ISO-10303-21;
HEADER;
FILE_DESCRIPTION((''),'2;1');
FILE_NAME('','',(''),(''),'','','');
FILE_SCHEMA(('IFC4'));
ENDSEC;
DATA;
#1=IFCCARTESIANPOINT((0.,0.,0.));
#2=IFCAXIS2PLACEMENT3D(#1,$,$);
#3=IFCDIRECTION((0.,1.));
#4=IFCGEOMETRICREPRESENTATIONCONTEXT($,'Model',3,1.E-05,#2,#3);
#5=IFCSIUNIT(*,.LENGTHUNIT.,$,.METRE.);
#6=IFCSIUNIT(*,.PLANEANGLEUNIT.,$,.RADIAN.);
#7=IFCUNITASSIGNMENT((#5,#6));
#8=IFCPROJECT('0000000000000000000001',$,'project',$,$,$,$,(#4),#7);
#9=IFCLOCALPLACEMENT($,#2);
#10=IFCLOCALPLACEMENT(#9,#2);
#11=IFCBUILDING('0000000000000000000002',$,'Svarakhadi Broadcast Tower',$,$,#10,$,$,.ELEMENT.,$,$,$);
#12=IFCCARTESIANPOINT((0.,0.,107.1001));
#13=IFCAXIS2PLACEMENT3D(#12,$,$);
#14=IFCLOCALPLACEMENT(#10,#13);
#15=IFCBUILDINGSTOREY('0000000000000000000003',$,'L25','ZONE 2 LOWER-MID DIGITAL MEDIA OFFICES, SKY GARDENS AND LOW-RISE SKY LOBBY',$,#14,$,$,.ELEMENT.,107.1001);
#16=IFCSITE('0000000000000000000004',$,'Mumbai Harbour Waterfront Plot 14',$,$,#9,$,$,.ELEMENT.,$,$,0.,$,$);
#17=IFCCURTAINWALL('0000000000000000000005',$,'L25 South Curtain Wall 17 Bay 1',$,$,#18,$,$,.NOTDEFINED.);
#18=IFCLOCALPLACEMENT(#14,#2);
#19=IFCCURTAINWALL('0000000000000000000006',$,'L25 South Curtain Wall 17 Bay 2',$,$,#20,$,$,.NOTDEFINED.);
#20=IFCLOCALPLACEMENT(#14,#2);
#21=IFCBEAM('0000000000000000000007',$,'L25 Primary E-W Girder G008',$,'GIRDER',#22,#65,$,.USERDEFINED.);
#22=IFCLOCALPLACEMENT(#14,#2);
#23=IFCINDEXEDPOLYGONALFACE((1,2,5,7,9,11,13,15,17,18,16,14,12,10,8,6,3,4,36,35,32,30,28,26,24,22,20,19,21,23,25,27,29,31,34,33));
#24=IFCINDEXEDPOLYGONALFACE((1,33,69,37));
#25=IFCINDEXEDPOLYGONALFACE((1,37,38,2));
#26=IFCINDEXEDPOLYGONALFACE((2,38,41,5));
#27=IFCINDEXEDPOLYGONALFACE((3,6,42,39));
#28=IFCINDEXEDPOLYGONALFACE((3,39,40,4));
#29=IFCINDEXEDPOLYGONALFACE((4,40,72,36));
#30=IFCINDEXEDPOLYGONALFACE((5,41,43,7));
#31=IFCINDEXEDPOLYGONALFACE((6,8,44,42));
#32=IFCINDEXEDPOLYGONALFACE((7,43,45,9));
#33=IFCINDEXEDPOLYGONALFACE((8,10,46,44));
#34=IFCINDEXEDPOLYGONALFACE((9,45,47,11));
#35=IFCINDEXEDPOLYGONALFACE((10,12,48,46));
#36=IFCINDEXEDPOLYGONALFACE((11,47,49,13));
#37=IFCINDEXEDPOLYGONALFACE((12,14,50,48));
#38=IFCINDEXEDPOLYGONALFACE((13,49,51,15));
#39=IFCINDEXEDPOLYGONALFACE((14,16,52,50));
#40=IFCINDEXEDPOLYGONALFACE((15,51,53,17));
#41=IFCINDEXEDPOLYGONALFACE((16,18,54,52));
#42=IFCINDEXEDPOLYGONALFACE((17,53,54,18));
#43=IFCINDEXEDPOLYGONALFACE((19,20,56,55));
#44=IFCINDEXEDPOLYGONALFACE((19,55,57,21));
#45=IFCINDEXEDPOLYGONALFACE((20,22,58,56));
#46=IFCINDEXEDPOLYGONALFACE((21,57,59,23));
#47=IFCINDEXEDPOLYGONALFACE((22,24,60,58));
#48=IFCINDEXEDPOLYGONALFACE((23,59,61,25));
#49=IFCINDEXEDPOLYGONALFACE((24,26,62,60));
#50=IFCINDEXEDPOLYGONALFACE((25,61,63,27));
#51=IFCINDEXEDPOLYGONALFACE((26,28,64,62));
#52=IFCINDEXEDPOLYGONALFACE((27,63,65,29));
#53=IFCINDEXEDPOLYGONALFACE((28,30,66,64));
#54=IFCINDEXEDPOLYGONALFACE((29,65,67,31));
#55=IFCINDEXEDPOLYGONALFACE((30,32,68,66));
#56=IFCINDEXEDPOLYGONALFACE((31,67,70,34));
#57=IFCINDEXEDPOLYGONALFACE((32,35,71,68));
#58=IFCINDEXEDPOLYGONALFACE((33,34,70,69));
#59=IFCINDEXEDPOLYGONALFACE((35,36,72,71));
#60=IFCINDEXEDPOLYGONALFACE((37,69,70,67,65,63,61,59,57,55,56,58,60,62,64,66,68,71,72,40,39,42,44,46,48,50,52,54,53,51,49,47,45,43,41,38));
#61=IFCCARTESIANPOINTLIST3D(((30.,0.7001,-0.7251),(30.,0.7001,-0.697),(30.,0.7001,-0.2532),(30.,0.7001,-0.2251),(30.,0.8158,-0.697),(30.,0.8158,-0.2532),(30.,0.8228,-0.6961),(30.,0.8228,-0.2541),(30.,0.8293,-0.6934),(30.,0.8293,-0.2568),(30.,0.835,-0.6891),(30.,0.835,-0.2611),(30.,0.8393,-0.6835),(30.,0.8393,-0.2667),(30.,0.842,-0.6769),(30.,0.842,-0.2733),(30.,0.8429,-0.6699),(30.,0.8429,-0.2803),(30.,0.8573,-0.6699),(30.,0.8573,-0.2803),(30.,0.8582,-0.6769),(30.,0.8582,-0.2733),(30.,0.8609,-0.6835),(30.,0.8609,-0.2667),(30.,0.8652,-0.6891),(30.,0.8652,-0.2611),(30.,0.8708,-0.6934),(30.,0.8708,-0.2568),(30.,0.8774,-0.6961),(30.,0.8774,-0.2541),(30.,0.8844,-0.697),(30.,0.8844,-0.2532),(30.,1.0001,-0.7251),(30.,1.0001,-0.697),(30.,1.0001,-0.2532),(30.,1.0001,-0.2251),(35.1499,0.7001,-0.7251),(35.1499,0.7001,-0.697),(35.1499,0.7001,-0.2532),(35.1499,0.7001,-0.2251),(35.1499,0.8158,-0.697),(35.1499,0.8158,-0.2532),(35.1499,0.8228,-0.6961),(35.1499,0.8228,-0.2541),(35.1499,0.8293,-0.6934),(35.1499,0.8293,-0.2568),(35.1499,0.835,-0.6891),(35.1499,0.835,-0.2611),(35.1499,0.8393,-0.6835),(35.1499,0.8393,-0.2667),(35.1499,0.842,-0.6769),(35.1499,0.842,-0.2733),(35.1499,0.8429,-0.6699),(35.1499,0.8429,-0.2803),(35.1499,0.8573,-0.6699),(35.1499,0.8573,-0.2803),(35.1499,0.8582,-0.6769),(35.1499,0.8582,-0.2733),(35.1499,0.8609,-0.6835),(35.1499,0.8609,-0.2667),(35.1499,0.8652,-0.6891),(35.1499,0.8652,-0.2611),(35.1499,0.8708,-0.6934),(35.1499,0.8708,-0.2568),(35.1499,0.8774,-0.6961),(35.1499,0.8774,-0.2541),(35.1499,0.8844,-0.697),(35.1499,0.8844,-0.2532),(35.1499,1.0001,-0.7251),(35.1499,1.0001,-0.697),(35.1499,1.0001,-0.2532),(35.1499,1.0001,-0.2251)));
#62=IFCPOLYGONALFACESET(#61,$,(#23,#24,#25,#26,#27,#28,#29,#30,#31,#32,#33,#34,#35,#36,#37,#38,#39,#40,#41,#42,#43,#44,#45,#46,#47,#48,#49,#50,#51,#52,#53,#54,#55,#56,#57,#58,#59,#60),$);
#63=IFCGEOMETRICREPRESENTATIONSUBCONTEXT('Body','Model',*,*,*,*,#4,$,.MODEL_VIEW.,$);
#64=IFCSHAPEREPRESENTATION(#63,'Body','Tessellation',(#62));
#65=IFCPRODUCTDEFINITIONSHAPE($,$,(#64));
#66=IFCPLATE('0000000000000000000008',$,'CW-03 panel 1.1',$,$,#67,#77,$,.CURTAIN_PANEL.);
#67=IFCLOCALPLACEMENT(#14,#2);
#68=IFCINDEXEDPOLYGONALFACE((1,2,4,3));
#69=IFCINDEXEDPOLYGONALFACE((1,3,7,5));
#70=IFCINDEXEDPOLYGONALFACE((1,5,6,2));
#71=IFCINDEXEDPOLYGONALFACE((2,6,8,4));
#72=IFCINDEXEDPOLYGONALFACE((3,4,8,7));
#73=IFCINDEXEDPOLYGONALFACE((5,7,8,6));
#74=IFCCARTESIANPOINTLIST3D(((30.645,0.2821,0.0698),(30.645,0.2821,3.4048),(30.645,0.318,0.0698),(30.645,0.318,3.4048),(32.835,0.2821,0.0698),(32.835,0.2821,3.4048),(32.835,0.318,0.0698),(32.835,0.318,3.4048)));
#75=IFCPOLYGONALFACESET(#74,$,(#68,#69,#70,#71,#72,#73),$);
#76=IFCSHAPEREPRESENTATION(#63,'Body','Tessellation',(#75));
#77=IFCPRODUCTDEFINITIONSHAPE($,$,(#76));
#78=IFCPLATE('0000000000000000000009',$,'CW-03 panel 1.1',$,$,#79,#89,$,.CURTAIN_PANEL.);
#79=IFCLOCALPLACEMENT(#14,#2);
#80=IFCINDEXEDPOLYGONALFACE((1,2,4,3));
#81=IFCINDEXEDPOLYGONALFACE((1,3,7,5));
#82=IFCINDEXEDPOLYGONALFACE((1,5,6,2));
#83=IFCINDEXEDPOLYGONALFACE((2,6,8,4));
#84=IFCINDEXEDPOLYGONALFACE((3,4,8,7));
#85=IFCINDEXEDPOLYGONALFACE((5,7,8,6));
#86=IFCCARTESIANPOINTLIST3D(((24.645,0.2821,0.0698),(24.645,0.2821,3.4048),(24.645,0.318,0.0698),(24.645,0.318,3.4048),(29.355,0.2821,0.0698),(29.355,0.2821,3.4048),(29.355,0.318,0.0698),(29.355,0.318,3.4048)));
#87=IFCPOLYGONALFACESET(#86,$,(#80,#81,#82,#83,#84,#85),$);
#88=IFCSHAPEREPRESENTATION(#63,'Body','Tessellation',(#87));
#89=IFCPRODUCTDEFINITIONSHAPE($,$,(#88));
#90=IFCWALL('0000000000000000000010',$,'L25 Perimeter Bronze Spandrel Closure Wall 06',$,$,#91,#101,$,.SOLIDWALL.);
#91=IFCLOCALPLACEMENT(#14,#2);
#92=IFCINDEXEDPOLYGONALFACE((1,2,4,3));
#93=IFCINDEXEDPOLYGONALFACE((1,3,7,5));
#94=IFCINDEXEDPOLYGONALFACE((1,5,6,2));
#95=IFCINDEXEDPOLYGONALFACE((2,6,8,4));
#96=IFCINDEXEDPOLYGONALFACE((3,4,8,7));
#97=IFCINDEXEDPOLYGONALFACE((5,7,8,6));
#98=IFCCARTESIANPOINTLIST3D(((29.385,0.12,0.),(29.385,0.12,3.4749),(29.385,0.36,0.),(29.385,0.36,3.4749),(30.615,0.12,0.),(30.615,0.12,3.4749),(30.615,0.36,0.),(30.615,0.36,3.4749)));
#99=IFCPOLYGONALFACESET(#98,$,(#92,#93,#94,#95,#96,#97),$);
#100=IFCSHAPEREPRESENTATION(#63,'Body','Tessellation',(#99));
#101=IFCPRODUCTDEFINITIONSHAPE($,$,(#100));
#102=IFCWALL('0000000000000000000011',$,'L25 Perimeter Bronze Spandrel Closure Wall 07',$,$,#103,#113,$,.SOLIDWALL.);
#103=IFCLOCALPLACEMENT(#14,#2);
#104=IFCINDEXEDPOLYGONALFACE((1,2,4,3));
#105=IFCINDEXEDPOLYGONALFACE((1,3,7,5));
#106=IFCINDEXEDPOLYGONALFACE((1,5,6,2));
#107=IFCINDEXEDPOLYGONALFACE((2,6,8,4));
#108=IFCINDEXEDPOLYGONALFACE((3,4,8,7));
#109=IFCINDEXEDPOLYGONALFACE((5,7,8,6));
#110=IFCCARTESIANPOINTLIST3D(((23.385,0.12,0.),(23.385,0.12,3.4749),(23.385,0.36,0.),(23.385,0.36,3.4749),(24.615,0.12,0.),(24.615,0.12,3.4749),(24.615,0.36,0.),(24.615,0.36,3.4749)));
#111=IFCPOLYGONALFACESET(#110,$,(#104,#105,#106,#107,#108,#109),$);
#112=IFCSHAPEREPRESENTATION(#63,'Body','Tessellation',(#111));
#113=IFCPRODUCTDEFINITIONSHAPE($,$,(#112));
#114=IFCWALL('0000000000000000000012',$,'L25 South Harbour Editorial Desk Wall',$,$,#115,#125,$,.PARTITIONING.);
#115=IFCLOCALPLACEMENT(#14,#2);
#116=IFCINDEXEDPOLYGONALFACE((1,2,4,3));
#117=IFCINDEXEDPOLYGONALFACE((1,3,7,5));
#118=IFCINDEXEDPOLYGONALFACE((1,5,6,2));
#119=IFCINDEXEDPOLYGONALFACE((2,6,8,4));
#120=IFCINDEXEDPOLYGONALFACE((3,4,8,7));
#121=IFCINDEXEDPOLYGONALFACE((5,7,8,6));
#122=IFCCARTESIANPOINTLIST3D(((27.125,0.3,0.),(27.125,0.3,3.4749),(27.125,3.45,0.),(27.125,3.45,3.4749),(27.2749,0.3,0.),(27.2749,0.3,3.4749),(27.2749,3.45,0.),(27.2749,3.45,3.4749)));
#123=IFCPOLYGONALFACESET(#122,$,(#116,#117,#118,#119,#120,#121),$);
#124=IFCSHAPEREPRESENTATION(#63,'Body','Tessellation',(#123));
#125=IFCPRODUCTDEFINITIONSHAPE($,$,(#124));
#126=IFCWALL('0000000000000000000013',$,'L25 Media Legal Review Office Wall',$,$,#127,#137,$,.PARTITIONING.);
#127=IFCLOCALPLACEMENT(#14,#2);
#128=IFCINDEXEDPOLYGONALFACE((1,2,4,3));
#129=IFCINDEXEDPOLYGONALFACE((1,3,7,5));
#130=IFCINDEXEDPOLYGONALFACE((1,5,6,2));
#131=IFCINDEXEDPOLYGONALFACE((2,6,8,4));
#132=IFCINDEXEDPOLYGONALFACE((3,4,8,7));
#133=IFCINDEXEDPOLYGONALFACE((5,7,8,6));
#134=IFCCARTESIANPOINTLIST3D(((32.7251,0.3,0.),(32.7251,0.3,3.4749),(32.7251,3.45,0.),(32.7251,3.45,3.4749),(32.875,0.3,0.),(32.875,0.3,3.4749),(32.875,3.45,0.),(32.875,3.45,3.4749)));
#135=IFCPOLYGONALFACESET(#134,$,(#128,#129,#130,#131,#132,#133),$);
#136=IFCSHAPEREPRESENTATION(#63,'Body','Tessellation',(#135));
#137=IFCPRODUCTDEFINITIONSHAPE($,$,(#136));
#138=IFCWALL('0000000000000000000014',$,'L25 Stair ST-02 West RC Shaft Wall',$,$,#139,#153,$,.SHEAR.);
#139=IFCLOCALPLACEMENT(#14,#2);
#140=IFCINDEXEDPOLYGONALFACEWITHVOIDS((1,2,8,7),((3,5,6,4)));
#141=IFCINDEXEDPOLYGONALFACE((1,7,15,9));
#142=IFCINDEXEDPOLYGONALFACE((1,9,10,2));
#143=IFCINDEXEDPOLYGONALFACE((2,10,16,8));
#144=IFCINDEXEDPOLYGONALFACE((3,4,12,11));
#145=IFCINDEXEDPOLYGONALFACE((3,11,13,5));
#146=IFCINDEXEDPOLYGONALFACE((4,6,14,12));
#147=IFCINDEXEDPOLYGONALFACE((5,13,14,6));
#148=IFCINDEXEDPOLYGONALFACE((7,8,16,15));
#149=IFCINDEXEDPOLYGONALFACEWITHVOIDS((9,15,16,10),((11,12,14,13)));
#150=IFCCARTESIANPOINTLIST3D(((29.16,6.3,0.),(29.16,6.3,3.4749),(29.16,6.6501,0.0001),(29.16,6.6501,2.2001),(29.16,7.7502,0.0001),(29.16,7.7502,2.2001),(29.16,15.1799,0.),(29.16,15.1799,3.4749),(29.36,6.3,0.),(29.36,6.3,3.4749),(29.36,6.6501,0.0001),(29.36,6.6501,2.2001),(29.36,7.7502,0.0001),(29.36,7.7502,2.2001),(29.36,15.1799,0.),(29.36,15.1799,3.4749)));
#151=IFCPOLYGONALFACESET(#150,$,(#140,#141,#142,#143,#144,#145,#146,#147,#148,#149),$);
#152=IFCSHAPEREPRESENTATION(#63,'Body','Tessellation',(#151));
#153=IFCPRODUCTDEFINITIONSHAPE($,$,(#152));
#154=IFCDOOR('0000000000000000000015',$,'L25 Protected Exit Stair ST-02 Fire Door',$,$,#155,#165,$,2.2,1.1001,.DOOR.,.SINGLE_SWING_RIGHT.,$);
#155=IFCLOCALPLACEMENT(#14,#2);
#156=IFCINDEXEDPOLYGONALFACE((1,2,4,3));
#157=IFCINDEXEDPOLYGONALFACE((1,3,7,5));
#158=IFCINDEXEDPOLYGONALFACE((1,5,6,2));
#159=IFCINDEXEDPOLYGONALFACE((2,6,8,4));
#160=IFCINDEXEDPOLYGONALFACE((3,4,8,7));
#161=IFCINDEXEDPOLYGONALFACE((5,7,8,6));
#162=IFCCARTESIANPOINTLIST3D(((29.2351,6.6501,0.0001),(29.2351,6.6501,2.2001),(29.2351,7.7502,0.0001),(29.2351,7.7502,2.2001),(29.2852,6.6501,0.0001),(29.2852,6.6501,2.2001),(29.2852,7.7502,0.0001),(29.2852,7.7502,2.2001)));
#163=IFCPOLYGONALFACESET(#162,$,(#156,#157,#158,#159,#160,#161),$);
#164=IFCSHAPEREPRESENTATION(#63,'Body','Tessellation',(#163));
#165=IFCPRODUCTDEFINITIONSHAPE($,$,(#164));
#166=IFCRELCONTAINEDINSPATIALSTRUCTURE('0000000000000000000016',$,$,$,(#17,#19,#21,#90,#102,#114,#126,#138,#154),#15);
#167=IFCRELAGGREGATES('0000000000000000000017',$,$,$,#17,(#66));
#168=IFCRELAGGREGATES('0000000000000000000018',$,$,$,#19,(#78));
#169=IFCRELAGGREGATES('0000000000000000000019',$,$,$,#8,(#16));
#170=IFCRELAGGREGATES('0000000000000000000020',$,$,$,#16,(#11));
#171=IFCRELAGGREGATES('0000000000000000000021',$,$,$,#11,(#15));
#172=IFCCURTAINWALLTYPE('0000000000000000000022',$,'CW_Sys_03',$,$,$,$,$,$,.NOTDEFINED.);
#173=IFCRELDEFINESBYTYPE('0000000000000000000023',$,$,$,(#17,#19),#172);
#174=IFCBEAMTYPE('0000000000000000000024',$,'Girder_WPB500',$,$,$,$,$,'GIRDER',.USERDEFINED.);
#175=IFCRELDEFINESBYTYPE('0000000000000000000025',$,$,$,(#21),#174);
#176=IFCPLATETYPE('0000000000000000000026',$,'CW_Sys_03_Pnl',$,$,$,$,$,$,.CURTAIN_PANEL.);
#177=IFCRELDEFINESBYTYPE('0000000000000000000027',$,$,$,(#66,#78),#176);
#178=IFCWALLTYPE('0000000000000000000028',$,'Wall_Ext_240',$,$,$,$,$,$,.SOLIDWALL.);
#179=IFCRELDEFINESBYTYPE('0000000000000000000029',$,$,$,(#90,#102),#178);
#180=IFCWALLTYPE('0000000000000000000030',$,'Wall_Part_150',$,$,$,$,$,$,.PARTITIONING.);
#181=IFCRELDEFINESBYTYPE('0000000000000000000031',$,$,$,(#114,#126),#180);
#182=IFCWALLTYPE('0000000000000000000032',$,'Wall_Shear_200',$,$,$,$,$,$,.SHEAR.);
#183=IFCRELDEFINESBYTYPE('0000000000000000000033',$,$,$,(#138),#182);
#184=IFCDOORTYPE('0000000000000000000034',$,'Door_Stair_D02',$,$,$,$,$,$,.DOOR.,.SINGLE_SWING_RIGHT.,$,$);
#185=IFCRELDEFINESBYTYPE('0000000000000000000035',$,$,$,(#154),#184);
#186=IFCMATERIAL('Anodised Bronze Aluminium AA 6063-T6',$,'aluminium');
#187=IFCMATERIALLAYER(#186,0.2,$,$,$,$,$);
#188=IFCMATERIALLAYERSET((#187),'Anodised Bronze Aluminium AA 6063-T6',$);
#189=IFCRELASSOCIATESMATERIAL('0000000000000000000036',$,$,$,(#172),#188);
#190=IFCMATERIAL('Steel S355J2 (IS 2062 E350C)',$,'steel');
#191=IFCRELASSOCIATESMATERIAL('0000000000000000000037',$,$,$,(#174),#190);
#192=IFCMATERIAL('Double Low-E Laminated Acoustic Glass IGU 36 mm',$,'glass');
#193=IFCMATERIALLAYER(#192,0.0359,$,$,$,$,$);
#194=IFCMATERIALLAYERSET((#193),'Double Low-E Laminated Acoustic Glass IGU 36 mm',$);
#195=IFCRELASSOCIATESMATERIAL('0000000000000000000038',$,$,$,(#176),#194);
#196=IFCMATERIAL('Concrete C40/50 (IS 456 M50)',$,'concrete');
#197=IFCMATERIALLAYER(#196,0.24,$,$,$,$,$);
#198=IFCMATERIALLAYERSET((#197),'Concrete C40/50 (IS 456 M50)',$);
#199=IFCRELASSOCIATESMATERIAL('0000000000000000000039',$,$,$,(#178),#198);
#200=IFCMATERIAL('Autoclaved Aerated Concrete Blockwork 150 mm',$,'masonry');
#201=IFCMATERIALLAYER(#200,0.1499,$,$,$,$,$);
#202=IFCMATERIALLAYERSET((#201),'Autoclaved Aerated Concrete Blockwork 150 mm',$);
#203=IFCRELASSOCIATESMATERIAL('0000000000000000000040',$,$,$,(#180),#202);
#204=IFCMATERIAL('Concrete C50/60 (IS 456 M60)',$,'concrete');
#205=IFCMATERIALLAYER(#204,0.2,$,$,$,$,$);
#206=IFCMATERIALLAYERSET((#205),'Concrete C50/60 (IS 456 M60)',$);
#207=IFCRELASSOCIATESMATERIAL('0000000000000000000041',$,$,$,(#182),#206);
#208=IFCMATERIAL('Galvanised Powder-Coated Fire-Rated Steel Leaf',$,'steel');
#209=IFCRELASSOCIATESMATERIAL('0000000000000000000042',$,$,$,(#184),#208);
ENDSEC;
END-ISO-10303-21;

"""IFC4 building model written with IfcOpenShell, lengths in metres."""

from ifc_helpers import new_model, si_unit, direction, frame, frame_2d, origin, origin_2d, place, context, subcontext, project, spatial, rectangle, i_section, extrude, material, layer, layer_set, material_profile, profile_set, type_object, element, fill, aggregate, save


model = new_model("IFC4")

# Units and contexts
model_context = context("Model", 3, precision=1e-05, world=origin(), true_north=direction((0.0, 1.0)))
body_context = subcontext(model_context, "Body", "Model", "MODEL_VIEW")
ifc_project = project(units=[si_unit("LENGTHUNIT", "METRE"), si_unit("PLANEANGLEUNIT", "RADIAN")], contexts=[model_context])

# Site, building, storey
site_placement = place(None, origin())
site = spatial("IfcSite", under=ifc_project, at=site_placement, Name="Mumbai Harbour Waterfront Plot 14", CompositionType="ELEMENT", RefElevation=0.0)
building_placement = place(site_placement, origin())
building = spatial("IfcBuilding", under=site, at=building_placement, Name="Svarakhadi Broadcast Tower", CompositionType="ELEMENT")
storey_placement = place(building_placement, frame((0.0, 0.0, 107.1001)))
storey = spatial("IfcBuildingStorey", under=building, at=storey_placement, Name="L25", Description="ZONE 2 LOWER-MID DIGITAL MEDIA OFFICES, SKY GARDENS AND LOW-RISE SKY LOBBY", CompositionType="ELEMENT", Elevation=107.1001)

# Shared definitions
ifc_material_1 = material(Name="Concrete C50/60 (IS 456 M60)", Category="concrete")

# Curtain wall
ifc_material_2 = material(Name="Anodised Bronze Aluminium AA 6063-T6", Category="aluminium")
ifc_layer_1 = layer(ifc_material_2, 0.2)
ifc_layer_set_1 = layer_set([ifc_layer_1], Name="Anodised Bronze Aluminium AA 6063-T6")
curtain_wall_type = type_object("IfcCurtainWallType", Name="CW_Sys_03", PredefinedType="NOTDEFINED", material=ifc_layer_set_1)
curtain_wall_1_placement = place(storey_placement, origin())
curtain_wall_1 = element("IfcCurtainWall", 1, at=curtain_wall_1_placement, inside=storey, type_object=curtain_wall_type, Name="L25 South Curtain Wall 17 Bay 1", PredefinedType="NOTDEFINED")

# Curtain wall
curtain_wall_2_placement = place(storey_placement, origin())
curtain_wall_2 = element("IfcCurtainWall", 2, at=curtain_wall_2_placement, inside=storey, type_object=curtain_wall_type, Name="L25 South Curtain Wall 17 Bay 2", PredefinedType="NOTDEFINED")

# Beam
ifc_material_3 = material(Name="Steel S355J2 (IS 2062 E350C)", Category="steel")
ifc_material_profile_1 = material_profile(ifc_material_3, i_section(OverallWidth=0.3, OverallDepth=0.5, WebThickness=0.0144, FlangeThickness=0.0281, FilletRadius=0.0271, at=origin_2d()), Name="WPB 500x300x187")
ifc_profile_set_1 = profile_set([ifc_material_profile_1], Name="Steel S355J2 (IS 2062 E350C)")
beam_type_1 = type_object("IfcBeamType", Name="Girder_WPB500", ElementType="GIRDER", PredefinedType="USERDEFINED", material=ifc_profile_set_1)
beam_1_placement = place(storey_placement, frame((30.0, 0.8501, -0.4751), z_axis=(1.0, 0.0, 0.0), x_axis=(0.0, 1.0, 0.0)))
element("IfcBeam", 3, at=beam_1_placement, inside=storey, type_object=beam_type_1, Name="L25 Primary E-W Girder G008", ObjectType="GIRDER", PredefinedType="USERDEFINED", context=body_context, shape_type="SweptSolid", body=[
    extrude(i_section(OverallWidth=0.3, OverallDepth=0.5, WebThickness=0.0144, FlangeThickness=0.0281, FilletRadius=0.0271, at=origin_2d()), origin(), (0.0, 0.0, 1.0), 5.1499),
])

# Plates
ifc_material_4 = material(Name="Double Low-E Laminated Acoustic Glass IGU 36 mm", Category="glass")
ifc_layer_2 = layer(ifc_material_4, 0.0359)
ifc_layer_set_2 = layer_set([ifc_layer_2], Name="Double Low-E Laminated Acoustic Glass IGU 36 mm")
plate_type = type_object("IfcPlateType", Name="CW_Sys_03_Pnl", PredefinedType="CURTAIN_PANEL", material=ifc_layer_set_2)
plate_1_placement = place(storey_placement, frame((31.74, 0.3, 0.0698), z_axis=(0.0, 0.0, 1.0), x_axis=(-1.0, 0.0, 0.0)))
plate_1 = element("IfcPlate", 4, at=plate_1_placement, type_object=plate_type, Name="CW-03 panel 1.1", PredefinedType="CURTAIN_PANEL", context=body_context, shape_type="SweptSolid", body=[
    extrude(rectangle(XDim=2.1899, YDim=0.0359, at=origin_2d()), origin(), (0.0, 0.0, 1.0), 3.335),
])
aggregate(curtain_wall_1, [plate_1])
plate_2_placement = place(storey_placement, frame((27.0, 0.3, 0.0698), z_axis=(0.0, 0.0, 1.0), x_axis=(-1.0, 0.0, 0.0)))
plate_2 = element("IfcPlate", 5, at=plate_2_placement, type_object=plate_type, Name="CW-03 panel 1.1", PredefinedType="CURTAIN_PANEL", context=body_context, shape_type="SweptSolid", body=[
    extrude(rectangle(XDim=4.71, YDim=0.0359, at=origin_2d()), origin(), (0.0, 0.0, 1.0), 3.335),
])
aggregate(curtain_wall_2, [plate_2])

# Walls
ifc_material_5 = material(Name="Concrete C40/50 (IS 456 M50)", Category="concrete")
ifc_layer_3 = layer(ifc_material_5, 0.24)
ifc_layer_set_3 = layer_set([ifc_layer_3], Name="Concrete C40/50 (IS 456 M50)")
wall_type_1 = type_object("IfcWallType", Name="Wall_Ext_240", PredefinedType="SOLIDWALL", material=ifc_layer_set_3)
for number, where, z_axis, x_axis, name in (
    (6, (30.615, 0.24, 0.0), (0.0, 0.0, 1.0), (-1.0, 0.0, 0.0), "L25 Perimeter Bronze Spandrel Closure Wall 06"),
    (7, (24.615, 0.24, 0.0), (0.0, 0.0, 1.0), (-1.0, 0.0, 0.0), "L25 Perimeter Bronze Spandrel Closure Wall 07"),
):
    element("IfcWall", number, at=place(storey_placement, frame(where, z_axis=z_axis, x_axis=x_axis)), inside=storey, type_object=wall_type_1, Name=name, PredefinedType="SOLIDWALL", context=body_context, shape_type="SweptSolid", body=[
        extrude(rectangle(XDim=1.23, YDim=0.24, at=frame_2d((0.615, 0.0))), origin(), (0.0, 0.0, 1.0), 3.4749),
    ])
ifc_material_6 = material(Name="Autoclaved Aerated Concrete Blockwork 150 mm", Category="masonry")
ifc_layer_4 = layer(ifc_material_6, 0.1499)
ifc_layer_set_4 = layer_set([ifc_layer_4], Name="Autoclaved Aerated Concrete Blockwork 150 mm")
wall_type_2 = type_object("IfcWallType", Name="Wall_Part_150", PredefinedType="PARTITIONING", material=ifc_layer_set_4)
for number, where, z_axis, x_axis, name in (
    (8, (27.2, 0.3, 0.0), (0.0, 0.0, 1.0), (0.0, 1.0, 0.0), "L25 South Harbour Editorial Desk Wall"),
    (9, (32.8, 0.3, 0.0), (0.0, 0.0, 1.0), (0.0, 1.0, 0.0), "L25 Media Legal Review Office Wall"),
):
    element("IfcWall", number, at=place(storey_placement, frame(where, z_axis=z_axis, x_axis=x_axis)), inside=storey, type_object=wall_type_2, Name=name, PredefinedType="PARTITIONING", context=body_context, shape_type="SweptSolid", body=[
        extrude(rectangle(XDim=3.1499, YDim=0.1499, at=frame_2d((1.575, 0.0))), origin(), (0.0, 0.0, 1.0), 3.4749),
    ])

# Wall, opening, door
ifc_layer_5 = layer(ifc_material_1, 0.2)
ifc_layer_set_5 = layer_set([ifc_layer_5], Name="Concrete C50/60 (IS 456 M60)")
wall_type_3 = type_object("IfcWallType", Name="Wall_Shear_200", PredefinedType="SHEAR", material=ifc_layer_set_5)
wall_1_placement = place(storey_placement, frame((29.26, 6.3, 0.0), z_axis=(0.0, 0.0, 1.0), x_axis=(0.0, 1.0, 0.0)))
wall_1 = element("IfcWall", 10, at=wall_1_placement, inside=storey, type_object=wall_type_3, Name="L25 Stair ST-02 West RC Shaft Wall", PredefinedType="SHEAR", context=body_context, shape_type="SweptSolid", body=[
    extrude(rectangle(XDim=8.8799, YDim=0.2, at=frame_2d((4.4399, 0.0))), origin(), (0.0, 0.0, 1.0), 3.4749),
])
opening_1_placement = place(wall_1_placement, frame((0.3501, 0.0, 0.0)))
opening_1 = element("IfcOpeningElement", 11, at=opening_1_placement, cuts=wall_1, PredefinedType="OPENING", context=body_context, shape_type="SweptSolid", body=[
    extrude(rectangle(XDim=1.1001, YDim=2.2, at=frame_2d((0.55, 1.1001))), frame((0.0, 0.1099, 0.0), z_axis=(0.0, -1.0, 0.0), x_axis=(1.0, 0.0, 0.0)), (0.0, 0.0, 1.0), 0.22),
])
ifc_material_7 = material(Name="Galvanised Powder-Coated Fire-Rated Steel Leaf", Category="steel")
door_type_1 = type_object("IfcDoorType", Name="Door_Stair_D02", OperationType="SINGLE_SWING_RIGHT", PredefinedType="DOOR", material=ifc_material_7)
door_1_placement = place(opening_1_placement, origin())
door_1 = element("IfcDoor", 12, at=door_1_placement, inside=storey, type_object=door_type_1, Name="L25 Protected Exit Stair ST-02 Fire Door", OperationType="SINGLE_SWING_RIGHT", OverallHeight=2.2, OverallWidth=1.1001, PredefinedType="DOOR", context=body_context, shape_type="SweptSolid", body=[
    extrude(rectangle(XDim=1.1001, YDim=2.2, at=frame_2d((0.55, 1.1001))), frame((0.0, 0.0249, 0.0), z_axis=(0.0, -1.0, 0.0), x_axis=(1.0, 0.0, 0.0)), (0.0, 0.0, 1.0), 0.05),
])
fill(opening_1, door_1)

save(model, "model.ifc")
